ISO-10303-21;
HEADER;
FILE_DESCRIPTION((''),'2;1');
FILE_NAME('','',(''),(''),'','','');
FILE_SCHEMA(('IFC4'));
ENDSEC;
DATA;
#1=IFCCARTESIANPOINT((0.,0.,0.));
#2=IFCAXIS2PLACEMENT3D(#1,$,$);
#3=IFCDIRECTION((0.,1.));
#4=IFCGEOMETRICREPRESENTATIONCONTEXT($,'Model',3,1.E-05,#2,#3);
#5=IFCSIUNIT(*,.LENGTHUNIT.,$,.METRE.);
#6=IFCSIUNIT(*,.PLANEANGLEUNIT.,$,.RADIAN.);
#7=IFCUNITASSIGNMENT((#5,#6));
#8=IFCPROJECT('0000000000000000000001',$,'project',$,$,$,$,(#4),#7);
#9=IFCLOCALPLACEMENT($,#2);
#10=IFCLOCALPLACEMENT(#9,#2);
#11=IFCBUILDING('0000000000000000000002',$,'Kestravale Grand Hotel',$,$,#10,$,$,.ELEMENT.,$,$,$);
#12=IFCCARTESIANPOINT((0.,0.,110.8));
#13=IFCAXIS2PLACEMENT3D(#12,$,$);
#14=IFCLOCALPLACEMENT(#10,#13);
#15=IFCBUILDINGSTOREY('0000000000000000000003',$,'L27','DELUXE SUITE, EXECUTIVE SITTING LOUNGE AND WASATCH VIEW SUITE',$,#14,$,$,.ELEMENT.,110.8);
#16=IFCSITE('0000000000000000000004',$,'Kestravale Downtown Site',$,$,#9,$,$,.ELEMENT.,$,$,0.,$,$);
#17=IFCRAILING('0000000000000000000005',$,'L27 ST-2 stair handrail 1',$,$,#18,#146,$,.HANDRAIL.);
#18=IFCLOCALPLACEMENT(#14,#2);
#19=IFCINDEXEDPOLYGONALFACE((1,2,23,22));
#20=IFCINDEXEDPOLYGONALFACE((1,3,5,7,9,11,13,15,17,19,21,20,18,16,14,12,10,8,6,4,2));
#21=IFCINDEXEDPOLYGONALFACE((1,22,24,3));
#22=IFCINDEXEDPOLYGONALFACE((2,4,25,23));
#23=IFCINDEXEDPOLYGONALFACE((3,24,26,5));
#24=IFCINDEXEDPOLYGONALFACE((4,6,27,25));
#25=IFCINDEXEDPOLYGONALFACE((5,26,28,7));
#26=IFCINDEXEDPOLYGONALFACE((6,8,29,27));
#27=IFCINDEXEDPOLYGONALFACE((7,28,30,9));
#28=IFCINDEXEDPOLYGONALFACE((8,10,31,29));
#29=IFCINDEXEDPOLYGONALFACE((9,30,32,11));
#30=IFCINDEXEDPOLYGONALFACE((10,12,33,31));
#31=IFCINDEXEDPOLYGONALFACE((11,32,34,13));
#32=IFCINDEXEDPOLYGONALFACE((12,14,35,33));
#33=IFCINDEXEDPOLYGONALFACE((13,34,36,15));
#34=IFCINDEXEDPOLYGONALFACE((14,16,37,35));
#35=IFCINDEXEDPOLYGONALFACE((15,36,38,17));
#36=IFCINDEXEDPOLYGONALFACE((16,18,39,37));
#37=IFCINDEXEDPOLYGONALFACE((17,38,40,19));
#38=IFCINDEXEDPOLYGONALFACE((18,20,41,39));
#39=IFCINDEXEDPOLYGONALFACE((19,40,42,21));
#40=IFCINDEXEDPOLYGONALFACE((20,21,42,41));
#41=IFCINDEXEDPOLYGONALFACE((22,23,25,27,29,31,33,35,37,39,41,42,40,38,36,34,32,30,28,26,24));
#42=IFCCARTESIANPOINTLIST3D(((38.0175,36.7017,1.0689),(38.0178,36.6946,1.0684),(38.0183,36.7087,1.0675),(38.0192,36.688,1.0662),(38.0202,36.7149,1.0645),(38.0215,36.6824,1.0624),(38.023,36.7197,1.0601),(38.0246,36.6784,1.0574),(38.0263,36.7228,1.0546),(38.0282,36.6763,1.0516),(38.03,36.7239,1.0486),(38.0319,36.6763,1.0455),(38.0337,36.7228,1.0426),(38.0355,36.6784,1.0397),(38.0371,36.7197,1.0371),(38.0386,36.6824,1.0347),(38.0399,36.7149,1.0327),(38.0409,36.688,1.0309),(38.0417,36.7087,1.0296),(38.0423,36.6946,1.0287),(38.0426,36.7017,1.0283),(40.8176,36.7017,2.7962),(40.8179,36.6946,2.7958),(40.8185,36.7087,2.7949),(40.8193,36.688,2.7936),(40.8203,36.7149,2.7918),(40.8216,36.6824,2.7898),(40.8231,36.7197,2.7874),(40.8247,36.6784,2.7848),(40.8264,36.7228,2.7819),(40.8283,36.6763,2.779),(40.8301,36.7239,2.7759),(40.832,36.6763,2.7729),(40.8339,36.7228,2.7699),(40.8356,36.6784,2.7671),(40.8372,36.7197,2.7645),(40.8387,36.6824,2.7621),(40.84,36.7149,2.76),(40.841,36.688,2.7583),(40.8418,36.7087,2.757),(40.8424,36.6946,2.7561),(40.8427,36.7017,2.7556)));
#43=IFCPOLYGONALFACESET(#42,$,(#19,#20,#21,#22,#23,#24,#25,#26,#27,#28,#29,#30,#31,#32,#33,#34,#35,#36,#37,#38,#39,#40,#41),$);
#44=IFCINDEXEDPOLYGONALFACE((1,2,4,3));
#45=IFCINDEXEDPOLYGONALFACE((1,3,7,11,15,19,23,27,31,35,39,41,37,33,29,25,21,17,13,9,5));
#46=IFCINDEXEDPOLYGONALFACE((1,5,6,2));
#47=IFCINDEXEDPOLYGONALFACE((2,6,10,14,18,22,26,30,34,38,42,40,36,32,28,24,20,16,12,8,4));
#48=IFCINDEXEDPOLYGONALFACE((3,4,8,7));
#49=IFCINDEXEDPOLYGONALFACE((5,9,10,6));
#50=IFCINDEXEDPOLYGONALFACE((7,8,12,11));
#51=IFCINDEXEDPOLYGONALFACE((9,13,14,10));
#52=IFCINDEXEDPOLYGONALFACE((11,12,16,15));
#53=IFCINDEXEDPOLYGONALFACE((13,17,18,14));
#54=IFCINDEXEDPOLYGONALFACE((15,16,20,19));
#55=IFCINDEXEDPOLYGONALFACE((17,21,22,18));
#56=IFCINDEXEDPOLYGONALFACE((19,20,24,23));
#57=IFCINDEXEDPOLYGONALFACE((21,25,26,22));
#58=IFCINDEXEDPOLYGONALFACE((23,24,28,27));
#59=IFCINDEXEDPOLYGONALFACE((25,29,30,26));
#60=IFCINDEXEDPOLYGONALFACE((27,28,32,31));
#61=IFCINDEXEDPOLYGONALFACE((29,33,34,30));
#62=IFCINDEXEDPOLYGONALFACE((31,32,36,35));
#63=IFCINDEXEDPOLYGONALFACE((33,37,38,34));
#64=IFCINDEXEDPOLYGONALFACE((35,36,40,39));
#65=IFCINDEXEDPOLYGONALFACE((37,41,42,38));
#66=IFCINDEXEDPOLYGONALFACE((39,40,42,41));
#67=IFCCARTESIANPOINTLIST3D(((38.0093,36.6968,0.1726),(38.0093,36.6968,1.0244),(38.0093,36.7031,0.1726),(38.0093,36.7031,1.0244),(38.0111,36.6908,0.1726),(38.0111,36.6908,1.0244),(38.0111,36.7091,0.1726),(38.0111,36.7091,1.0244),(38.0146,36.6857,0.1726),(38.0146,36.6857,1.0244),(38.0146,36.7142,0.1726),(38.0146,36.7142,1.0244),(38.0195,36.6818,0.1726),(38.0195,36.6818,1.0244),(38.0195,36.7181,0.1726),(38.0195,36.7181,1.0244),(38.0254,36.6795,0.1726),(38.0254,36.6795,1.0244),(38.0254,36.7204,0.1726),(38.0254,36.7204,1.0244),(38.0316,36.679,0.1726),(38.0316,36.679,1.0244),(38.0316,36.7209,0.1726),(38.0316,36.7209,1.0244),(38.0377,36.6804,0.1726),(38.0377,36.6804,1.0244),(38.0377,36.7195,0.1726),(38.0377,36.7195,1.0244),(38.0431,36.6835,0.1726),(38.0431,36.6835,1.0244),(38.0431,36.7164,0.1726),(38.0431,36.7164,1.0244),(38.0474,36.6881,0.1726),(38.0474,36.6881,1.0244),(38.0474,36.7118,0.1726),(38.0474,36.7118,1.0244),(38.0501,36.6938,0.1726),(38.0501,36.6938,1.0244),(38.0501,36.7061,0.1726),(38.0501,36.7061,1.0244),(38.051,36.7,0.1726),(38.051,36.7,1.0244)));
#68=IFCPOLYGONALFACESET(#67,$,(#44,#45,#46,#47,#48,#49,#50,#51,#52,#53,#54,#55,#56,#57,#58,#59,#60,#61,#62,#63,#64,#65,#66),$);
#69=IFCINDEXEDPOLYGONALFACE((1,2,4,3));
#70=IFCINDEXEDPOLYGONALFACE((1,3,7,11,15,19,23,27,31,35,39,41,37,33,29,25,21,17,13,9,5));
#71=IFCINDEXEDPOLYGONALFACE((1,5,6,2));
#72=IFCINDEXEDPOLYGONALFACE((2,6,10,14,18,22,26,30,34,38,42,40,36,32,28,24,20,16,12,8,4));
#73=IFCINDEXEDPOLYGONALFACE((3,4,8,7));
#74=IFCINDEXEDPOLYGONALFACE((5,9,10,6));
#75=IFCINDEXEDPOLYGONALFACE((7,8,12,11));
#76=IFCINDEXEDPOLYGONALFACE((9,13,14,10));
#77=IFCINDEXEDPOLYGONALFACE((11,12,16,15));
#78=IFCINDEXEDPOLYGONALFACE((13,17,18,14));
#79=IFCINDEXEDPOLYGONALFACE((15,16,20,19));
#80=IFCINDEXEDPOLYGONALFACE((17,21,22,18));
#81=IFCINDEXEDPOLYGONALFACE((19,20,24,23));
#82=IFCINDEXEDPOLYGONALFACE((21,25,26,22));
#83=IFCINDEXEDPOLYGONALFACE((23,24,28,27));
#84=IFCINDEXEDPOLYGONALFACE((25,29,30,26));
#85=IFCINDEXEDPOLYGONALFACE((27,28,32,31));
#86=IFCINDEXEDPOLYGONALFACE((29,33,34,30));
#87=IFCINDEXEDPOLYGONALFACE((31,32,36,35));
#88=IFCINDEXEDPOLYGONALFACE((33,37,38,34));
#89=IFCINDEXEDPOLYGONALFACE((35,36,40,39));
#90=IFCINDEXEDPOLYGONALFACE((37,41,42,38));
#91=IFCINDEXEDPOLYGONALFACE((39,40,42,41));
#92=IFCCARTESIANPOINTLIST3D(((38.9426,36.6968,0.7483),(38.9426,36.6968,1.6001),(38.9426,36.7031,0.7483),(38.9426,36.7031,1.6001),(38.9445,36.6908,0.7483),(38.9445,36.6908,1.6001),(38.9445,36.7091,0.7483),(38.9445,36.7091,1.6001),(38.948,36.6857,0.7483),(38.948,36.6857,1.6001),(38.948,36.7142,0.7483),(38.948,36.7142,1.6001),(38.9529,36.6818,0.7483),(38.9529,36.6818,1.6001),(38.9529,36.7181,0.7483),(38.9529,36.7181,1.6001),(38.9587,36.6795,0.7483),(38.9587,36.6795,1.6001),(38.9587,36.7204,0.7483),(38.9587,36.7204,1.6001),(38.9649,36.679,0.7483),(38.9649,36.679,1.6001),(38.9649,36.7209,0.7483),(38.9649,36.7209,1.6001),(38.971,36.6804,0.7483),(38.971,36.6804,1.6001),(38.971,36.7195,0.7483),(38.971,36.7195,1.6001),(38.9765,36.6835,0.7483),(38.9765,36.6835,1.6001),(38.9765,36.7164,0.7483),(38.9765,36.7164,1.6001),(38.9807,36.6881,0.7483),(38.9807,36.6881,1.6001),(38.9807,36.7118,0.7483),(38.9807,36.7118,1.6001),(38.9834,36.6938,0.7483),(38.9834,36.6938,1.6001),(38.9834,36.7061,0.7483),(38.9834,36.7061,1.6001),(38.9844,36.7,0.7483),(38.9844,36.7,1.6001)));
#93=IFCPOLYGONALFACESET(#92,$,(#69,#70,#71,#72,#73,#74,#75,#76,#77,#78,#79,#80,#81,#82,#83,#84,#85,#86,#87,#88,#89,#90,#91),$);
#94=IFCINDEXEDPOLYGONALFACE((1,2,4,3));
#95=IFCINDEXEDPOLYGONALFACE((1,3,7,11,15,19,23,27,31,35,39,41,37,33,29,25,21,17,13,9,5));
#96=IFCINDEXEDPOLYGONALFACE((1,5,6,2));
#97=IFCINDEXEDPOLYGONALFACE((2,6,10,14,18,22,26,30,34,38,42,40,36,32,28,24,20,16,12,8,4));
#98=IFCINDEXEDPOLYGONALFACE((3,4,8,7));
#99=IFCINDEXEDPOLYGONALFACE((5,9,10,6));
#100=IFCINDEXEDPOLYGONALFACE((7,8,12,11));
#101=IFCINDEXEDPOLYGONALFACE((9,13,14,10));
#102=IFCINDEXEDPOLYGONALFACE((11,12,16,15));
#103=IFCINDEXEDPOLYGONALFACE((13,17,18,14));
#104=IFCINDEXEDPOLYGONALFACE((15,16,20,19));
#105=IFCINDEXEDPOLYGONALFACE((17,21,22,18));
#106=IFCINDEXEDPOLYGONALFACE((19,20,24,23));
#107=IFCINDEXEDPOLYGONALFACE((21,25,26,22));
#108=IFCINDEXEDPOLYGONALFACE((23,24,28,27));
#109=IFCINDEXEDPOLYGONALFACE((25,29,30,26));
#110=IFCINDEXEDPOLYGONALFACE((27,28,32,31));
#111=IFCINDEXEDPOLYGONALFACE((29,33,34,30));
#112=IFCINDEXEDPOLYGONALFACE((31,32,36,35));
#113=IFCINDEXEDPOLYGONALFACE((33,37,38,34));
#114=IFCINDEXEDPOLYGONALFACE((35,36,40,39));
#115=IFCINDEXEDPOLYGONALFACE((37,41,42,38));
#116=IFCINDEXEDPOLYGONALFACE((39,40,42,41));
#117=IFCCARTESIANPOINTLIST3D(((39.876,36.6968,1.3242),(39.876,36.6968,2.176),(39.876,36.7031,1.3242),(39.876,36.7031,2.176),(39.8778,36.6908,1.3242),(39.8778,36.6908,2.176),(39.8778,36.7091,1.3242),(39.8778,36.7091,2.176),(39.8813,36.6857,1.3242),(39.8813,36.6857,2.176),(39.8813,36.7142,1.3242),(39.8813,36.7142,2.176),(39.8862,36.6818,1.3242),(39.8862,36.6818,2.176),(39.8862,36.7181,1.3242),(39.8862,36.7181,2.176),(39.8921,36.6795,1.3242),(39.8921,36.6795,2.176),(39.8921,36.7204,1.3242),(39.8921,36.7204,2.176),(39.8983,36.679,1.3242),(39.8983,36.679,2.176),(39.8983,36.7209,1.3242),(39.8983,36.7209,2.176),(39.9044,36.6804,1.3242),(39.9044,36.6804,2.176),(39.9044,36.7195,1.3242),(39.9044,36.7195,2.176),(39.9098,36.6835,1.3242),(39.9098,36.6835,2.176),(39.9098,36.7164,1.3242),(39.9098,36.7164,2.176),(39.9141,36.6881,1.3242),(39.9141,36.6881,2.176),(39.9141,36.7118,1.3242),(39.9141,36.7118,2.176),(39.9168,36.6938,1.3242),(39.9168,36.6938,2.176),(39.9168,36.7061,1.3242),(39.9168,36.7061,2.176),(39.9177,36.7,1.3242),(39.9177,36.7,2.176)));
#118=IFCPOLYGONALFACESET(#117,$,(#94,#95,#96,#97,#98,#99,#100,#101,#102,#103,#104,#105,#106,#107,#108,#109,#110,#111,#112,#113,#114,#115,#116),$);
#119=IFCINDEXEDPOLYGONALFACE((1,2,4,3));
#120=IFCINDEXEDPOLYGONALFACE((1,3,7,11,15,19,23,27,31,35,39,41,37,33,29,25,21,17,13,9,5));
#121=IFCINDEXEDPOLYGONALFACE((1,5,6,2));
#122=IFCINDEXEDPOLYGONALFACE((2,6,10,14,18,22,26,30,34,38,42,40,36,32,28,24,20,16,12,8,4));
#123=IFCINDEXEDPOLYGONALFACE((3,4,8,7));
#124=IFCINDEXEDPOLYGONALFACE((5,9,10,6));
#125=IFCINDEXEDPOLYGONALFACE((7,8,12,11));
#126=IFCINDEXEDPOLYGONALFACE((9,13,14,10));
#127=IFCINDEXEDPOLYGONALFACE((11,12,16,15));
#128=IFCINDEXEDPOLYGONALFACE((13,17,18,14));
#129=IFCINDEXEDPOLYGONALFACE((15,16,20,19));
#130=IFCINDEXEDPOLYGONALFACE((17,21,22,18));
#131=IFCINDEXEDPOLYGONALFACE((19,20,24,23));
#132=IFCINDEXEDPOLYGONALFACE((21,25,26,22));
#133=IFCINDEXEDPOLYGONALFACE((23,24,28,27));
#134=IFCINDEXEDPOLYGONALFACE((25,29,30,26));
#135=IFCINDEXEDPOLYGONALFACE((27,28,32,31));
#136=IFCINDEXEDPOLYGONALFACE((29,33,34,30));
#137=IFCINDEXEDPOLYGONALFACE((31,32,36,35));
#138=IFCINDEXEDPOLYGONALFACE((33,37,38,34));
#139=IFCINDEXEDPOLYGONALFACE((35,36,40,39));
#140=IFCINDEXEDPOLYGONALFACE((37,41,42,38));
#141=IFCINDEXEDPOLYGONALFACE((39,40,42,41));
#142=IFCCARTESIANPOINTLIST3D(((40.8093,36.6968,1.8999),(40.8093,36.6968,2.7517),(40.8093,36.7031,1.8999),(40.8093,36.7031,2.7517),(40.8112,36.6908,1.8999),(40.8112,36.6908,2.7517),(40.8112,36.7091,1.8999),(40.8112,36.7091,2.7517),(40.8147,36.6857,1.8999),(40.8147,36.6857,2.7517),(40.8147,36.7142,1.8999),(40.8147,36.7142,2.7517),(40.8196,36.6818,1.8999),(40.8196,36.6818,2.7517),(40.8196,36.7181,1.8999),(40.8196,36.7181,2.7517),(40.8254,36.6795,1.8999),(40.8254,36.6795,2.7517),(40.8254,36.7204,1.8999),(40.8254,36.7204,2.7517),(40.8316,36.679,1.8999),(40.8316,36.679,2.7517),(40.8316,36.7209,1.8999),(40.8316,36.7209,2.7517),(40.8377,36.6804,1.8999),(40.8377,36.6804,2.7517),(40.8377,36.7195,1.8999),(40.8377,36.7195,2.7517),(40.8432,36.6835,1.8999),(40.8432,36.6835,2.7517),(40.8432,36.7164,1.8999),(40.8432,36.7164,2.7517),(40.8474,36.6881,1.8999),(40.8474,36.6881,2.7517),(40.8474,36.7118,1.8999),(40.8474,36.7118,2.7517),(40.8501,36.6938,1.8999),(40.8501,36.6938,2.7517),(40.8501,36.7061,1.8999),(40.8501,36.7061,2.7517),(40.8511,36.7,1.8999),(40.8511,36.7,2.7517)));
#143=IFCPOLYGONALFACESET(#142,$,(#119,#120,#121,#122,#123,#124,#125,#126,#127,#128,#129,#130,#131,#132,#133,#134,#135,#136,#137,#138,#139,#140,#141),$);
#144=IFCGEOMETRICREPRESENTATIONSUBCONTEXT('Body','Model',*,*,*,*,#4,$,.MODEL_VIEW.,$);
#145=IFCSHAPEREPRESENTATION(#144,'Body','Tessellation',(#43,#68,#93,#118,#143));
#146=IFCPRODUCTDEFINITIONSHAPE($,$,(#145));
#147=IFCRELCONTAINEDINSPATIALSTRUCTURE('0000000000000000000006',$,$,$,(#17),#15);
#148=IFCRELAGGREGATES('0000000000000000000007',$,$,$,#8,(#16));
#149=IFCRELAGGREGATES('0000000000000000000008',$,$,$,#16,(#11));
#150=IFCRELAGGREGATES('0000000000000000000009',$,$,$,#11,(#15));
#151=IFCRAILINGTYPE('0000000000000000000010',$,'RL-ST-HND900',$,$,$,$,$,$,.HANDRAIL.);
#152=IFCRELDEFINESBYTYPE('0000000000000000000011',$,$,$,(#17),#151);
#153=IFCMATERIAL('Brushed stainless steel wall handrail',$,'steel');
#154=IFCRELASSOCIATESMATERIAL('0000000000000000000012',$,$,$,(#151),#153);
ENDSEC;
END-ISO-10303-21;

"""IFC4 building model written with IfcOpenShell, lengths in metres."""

from ifc_helpers import new_model, si_unit, direction, frame, origin, origin_2d, place, context, subcontext, project, spatial, circle, extrude, material, type_object, element, save


model = new_model("IFC4")

# Units and contexts
model_context = context("Model", 3, precision=1e-05, world=origin(), true_north=direction((0.0, 1.0)))
body_context = subcontext(model_context, "Body", "Model", "MODEL_VIEW")
ifc_project = project(units=[si_unit("LENGTHUNIT", "METRE"), si_unit("PLANEANGLEUNIT", "RADIAN")], contexts=[model_context])

# Site, building, storey
site_placement = place(None, origin())
site = spatial("IfcSite", under=ifc_project, at=site_placement, Name="Kestravale Downtown Site", CompositionType="ELEMENT", RefElevation=0.0)
building_placement = place(site_placement, origin())
building = spatial("IfcBuilding", under=site, at=building_placement, Name="Kestravale Grand Hotel", CompositionType="ELEMENT")
storey_placement = place(building_placement, frame((0.0, 0.0, 110.8)))
storey = spatial("IfcBuildingStorey", under=building, at=storey_placement, Name="L27", Description="DELUXE SUITE, EXECUTIVE SITTING LOUNGE AND WASATCH VIEW SUITE", CompositionType="ELEMENT", Elevation=110.8)

# Railing
ifc_material_1 = material(Name="Brushed stainless steel wall handrail", Category="steel")
railing_type_1 = type_object("IfcRailingType", Name="RL-ST-HND900", PredefinedType="HANDRAIL", material=ifc_material_1)
railing_1_placement = place(storey_placement, frame((38.03, 36.7, 0.1726)))
element("IfcRailing", 1, at=railing_1_placement, inside=storey, type_object=railing_type_1, Name="L27 ST-2 stair handrail 1", PredefinedType="HANDRAIL", context=body_context, shape_type="SweptSolid", body=[
    extrude(circle(Radius=0.0239, at=origin_2d()), frame((0.0, 0.0, 0.876), z_axis=(0.85109, 0.0, 0.52502), x_axis=(0.0, 1.0, 0.0)), (0.0, 0.0, 1.0), 3.29),
    extrude(circle(Radius=0.021, at=origin_2d()), origin(), (0.0, 0.0, 1.0), 0.8518),
    extrude(circle(Radius=0.021, at=origin_2d()), frame((0.9333, 0.0, 0.5757)), (0.0, 0.0, 1.0), 0.8518),
    extrude(circle(Radius=0.021, at=origin_2d()), frame((1.8667, 0.0, 1.1516)), (0.0, 0.0, 1.0), 0.8518),
    extrude(circle(Radius=0.021, at=origin_2d()), frame((2.8, 0.0, 1.7273)), (0.0, 0.0, 1.0), 0.8518),
])

save(model, "model.ifc")
